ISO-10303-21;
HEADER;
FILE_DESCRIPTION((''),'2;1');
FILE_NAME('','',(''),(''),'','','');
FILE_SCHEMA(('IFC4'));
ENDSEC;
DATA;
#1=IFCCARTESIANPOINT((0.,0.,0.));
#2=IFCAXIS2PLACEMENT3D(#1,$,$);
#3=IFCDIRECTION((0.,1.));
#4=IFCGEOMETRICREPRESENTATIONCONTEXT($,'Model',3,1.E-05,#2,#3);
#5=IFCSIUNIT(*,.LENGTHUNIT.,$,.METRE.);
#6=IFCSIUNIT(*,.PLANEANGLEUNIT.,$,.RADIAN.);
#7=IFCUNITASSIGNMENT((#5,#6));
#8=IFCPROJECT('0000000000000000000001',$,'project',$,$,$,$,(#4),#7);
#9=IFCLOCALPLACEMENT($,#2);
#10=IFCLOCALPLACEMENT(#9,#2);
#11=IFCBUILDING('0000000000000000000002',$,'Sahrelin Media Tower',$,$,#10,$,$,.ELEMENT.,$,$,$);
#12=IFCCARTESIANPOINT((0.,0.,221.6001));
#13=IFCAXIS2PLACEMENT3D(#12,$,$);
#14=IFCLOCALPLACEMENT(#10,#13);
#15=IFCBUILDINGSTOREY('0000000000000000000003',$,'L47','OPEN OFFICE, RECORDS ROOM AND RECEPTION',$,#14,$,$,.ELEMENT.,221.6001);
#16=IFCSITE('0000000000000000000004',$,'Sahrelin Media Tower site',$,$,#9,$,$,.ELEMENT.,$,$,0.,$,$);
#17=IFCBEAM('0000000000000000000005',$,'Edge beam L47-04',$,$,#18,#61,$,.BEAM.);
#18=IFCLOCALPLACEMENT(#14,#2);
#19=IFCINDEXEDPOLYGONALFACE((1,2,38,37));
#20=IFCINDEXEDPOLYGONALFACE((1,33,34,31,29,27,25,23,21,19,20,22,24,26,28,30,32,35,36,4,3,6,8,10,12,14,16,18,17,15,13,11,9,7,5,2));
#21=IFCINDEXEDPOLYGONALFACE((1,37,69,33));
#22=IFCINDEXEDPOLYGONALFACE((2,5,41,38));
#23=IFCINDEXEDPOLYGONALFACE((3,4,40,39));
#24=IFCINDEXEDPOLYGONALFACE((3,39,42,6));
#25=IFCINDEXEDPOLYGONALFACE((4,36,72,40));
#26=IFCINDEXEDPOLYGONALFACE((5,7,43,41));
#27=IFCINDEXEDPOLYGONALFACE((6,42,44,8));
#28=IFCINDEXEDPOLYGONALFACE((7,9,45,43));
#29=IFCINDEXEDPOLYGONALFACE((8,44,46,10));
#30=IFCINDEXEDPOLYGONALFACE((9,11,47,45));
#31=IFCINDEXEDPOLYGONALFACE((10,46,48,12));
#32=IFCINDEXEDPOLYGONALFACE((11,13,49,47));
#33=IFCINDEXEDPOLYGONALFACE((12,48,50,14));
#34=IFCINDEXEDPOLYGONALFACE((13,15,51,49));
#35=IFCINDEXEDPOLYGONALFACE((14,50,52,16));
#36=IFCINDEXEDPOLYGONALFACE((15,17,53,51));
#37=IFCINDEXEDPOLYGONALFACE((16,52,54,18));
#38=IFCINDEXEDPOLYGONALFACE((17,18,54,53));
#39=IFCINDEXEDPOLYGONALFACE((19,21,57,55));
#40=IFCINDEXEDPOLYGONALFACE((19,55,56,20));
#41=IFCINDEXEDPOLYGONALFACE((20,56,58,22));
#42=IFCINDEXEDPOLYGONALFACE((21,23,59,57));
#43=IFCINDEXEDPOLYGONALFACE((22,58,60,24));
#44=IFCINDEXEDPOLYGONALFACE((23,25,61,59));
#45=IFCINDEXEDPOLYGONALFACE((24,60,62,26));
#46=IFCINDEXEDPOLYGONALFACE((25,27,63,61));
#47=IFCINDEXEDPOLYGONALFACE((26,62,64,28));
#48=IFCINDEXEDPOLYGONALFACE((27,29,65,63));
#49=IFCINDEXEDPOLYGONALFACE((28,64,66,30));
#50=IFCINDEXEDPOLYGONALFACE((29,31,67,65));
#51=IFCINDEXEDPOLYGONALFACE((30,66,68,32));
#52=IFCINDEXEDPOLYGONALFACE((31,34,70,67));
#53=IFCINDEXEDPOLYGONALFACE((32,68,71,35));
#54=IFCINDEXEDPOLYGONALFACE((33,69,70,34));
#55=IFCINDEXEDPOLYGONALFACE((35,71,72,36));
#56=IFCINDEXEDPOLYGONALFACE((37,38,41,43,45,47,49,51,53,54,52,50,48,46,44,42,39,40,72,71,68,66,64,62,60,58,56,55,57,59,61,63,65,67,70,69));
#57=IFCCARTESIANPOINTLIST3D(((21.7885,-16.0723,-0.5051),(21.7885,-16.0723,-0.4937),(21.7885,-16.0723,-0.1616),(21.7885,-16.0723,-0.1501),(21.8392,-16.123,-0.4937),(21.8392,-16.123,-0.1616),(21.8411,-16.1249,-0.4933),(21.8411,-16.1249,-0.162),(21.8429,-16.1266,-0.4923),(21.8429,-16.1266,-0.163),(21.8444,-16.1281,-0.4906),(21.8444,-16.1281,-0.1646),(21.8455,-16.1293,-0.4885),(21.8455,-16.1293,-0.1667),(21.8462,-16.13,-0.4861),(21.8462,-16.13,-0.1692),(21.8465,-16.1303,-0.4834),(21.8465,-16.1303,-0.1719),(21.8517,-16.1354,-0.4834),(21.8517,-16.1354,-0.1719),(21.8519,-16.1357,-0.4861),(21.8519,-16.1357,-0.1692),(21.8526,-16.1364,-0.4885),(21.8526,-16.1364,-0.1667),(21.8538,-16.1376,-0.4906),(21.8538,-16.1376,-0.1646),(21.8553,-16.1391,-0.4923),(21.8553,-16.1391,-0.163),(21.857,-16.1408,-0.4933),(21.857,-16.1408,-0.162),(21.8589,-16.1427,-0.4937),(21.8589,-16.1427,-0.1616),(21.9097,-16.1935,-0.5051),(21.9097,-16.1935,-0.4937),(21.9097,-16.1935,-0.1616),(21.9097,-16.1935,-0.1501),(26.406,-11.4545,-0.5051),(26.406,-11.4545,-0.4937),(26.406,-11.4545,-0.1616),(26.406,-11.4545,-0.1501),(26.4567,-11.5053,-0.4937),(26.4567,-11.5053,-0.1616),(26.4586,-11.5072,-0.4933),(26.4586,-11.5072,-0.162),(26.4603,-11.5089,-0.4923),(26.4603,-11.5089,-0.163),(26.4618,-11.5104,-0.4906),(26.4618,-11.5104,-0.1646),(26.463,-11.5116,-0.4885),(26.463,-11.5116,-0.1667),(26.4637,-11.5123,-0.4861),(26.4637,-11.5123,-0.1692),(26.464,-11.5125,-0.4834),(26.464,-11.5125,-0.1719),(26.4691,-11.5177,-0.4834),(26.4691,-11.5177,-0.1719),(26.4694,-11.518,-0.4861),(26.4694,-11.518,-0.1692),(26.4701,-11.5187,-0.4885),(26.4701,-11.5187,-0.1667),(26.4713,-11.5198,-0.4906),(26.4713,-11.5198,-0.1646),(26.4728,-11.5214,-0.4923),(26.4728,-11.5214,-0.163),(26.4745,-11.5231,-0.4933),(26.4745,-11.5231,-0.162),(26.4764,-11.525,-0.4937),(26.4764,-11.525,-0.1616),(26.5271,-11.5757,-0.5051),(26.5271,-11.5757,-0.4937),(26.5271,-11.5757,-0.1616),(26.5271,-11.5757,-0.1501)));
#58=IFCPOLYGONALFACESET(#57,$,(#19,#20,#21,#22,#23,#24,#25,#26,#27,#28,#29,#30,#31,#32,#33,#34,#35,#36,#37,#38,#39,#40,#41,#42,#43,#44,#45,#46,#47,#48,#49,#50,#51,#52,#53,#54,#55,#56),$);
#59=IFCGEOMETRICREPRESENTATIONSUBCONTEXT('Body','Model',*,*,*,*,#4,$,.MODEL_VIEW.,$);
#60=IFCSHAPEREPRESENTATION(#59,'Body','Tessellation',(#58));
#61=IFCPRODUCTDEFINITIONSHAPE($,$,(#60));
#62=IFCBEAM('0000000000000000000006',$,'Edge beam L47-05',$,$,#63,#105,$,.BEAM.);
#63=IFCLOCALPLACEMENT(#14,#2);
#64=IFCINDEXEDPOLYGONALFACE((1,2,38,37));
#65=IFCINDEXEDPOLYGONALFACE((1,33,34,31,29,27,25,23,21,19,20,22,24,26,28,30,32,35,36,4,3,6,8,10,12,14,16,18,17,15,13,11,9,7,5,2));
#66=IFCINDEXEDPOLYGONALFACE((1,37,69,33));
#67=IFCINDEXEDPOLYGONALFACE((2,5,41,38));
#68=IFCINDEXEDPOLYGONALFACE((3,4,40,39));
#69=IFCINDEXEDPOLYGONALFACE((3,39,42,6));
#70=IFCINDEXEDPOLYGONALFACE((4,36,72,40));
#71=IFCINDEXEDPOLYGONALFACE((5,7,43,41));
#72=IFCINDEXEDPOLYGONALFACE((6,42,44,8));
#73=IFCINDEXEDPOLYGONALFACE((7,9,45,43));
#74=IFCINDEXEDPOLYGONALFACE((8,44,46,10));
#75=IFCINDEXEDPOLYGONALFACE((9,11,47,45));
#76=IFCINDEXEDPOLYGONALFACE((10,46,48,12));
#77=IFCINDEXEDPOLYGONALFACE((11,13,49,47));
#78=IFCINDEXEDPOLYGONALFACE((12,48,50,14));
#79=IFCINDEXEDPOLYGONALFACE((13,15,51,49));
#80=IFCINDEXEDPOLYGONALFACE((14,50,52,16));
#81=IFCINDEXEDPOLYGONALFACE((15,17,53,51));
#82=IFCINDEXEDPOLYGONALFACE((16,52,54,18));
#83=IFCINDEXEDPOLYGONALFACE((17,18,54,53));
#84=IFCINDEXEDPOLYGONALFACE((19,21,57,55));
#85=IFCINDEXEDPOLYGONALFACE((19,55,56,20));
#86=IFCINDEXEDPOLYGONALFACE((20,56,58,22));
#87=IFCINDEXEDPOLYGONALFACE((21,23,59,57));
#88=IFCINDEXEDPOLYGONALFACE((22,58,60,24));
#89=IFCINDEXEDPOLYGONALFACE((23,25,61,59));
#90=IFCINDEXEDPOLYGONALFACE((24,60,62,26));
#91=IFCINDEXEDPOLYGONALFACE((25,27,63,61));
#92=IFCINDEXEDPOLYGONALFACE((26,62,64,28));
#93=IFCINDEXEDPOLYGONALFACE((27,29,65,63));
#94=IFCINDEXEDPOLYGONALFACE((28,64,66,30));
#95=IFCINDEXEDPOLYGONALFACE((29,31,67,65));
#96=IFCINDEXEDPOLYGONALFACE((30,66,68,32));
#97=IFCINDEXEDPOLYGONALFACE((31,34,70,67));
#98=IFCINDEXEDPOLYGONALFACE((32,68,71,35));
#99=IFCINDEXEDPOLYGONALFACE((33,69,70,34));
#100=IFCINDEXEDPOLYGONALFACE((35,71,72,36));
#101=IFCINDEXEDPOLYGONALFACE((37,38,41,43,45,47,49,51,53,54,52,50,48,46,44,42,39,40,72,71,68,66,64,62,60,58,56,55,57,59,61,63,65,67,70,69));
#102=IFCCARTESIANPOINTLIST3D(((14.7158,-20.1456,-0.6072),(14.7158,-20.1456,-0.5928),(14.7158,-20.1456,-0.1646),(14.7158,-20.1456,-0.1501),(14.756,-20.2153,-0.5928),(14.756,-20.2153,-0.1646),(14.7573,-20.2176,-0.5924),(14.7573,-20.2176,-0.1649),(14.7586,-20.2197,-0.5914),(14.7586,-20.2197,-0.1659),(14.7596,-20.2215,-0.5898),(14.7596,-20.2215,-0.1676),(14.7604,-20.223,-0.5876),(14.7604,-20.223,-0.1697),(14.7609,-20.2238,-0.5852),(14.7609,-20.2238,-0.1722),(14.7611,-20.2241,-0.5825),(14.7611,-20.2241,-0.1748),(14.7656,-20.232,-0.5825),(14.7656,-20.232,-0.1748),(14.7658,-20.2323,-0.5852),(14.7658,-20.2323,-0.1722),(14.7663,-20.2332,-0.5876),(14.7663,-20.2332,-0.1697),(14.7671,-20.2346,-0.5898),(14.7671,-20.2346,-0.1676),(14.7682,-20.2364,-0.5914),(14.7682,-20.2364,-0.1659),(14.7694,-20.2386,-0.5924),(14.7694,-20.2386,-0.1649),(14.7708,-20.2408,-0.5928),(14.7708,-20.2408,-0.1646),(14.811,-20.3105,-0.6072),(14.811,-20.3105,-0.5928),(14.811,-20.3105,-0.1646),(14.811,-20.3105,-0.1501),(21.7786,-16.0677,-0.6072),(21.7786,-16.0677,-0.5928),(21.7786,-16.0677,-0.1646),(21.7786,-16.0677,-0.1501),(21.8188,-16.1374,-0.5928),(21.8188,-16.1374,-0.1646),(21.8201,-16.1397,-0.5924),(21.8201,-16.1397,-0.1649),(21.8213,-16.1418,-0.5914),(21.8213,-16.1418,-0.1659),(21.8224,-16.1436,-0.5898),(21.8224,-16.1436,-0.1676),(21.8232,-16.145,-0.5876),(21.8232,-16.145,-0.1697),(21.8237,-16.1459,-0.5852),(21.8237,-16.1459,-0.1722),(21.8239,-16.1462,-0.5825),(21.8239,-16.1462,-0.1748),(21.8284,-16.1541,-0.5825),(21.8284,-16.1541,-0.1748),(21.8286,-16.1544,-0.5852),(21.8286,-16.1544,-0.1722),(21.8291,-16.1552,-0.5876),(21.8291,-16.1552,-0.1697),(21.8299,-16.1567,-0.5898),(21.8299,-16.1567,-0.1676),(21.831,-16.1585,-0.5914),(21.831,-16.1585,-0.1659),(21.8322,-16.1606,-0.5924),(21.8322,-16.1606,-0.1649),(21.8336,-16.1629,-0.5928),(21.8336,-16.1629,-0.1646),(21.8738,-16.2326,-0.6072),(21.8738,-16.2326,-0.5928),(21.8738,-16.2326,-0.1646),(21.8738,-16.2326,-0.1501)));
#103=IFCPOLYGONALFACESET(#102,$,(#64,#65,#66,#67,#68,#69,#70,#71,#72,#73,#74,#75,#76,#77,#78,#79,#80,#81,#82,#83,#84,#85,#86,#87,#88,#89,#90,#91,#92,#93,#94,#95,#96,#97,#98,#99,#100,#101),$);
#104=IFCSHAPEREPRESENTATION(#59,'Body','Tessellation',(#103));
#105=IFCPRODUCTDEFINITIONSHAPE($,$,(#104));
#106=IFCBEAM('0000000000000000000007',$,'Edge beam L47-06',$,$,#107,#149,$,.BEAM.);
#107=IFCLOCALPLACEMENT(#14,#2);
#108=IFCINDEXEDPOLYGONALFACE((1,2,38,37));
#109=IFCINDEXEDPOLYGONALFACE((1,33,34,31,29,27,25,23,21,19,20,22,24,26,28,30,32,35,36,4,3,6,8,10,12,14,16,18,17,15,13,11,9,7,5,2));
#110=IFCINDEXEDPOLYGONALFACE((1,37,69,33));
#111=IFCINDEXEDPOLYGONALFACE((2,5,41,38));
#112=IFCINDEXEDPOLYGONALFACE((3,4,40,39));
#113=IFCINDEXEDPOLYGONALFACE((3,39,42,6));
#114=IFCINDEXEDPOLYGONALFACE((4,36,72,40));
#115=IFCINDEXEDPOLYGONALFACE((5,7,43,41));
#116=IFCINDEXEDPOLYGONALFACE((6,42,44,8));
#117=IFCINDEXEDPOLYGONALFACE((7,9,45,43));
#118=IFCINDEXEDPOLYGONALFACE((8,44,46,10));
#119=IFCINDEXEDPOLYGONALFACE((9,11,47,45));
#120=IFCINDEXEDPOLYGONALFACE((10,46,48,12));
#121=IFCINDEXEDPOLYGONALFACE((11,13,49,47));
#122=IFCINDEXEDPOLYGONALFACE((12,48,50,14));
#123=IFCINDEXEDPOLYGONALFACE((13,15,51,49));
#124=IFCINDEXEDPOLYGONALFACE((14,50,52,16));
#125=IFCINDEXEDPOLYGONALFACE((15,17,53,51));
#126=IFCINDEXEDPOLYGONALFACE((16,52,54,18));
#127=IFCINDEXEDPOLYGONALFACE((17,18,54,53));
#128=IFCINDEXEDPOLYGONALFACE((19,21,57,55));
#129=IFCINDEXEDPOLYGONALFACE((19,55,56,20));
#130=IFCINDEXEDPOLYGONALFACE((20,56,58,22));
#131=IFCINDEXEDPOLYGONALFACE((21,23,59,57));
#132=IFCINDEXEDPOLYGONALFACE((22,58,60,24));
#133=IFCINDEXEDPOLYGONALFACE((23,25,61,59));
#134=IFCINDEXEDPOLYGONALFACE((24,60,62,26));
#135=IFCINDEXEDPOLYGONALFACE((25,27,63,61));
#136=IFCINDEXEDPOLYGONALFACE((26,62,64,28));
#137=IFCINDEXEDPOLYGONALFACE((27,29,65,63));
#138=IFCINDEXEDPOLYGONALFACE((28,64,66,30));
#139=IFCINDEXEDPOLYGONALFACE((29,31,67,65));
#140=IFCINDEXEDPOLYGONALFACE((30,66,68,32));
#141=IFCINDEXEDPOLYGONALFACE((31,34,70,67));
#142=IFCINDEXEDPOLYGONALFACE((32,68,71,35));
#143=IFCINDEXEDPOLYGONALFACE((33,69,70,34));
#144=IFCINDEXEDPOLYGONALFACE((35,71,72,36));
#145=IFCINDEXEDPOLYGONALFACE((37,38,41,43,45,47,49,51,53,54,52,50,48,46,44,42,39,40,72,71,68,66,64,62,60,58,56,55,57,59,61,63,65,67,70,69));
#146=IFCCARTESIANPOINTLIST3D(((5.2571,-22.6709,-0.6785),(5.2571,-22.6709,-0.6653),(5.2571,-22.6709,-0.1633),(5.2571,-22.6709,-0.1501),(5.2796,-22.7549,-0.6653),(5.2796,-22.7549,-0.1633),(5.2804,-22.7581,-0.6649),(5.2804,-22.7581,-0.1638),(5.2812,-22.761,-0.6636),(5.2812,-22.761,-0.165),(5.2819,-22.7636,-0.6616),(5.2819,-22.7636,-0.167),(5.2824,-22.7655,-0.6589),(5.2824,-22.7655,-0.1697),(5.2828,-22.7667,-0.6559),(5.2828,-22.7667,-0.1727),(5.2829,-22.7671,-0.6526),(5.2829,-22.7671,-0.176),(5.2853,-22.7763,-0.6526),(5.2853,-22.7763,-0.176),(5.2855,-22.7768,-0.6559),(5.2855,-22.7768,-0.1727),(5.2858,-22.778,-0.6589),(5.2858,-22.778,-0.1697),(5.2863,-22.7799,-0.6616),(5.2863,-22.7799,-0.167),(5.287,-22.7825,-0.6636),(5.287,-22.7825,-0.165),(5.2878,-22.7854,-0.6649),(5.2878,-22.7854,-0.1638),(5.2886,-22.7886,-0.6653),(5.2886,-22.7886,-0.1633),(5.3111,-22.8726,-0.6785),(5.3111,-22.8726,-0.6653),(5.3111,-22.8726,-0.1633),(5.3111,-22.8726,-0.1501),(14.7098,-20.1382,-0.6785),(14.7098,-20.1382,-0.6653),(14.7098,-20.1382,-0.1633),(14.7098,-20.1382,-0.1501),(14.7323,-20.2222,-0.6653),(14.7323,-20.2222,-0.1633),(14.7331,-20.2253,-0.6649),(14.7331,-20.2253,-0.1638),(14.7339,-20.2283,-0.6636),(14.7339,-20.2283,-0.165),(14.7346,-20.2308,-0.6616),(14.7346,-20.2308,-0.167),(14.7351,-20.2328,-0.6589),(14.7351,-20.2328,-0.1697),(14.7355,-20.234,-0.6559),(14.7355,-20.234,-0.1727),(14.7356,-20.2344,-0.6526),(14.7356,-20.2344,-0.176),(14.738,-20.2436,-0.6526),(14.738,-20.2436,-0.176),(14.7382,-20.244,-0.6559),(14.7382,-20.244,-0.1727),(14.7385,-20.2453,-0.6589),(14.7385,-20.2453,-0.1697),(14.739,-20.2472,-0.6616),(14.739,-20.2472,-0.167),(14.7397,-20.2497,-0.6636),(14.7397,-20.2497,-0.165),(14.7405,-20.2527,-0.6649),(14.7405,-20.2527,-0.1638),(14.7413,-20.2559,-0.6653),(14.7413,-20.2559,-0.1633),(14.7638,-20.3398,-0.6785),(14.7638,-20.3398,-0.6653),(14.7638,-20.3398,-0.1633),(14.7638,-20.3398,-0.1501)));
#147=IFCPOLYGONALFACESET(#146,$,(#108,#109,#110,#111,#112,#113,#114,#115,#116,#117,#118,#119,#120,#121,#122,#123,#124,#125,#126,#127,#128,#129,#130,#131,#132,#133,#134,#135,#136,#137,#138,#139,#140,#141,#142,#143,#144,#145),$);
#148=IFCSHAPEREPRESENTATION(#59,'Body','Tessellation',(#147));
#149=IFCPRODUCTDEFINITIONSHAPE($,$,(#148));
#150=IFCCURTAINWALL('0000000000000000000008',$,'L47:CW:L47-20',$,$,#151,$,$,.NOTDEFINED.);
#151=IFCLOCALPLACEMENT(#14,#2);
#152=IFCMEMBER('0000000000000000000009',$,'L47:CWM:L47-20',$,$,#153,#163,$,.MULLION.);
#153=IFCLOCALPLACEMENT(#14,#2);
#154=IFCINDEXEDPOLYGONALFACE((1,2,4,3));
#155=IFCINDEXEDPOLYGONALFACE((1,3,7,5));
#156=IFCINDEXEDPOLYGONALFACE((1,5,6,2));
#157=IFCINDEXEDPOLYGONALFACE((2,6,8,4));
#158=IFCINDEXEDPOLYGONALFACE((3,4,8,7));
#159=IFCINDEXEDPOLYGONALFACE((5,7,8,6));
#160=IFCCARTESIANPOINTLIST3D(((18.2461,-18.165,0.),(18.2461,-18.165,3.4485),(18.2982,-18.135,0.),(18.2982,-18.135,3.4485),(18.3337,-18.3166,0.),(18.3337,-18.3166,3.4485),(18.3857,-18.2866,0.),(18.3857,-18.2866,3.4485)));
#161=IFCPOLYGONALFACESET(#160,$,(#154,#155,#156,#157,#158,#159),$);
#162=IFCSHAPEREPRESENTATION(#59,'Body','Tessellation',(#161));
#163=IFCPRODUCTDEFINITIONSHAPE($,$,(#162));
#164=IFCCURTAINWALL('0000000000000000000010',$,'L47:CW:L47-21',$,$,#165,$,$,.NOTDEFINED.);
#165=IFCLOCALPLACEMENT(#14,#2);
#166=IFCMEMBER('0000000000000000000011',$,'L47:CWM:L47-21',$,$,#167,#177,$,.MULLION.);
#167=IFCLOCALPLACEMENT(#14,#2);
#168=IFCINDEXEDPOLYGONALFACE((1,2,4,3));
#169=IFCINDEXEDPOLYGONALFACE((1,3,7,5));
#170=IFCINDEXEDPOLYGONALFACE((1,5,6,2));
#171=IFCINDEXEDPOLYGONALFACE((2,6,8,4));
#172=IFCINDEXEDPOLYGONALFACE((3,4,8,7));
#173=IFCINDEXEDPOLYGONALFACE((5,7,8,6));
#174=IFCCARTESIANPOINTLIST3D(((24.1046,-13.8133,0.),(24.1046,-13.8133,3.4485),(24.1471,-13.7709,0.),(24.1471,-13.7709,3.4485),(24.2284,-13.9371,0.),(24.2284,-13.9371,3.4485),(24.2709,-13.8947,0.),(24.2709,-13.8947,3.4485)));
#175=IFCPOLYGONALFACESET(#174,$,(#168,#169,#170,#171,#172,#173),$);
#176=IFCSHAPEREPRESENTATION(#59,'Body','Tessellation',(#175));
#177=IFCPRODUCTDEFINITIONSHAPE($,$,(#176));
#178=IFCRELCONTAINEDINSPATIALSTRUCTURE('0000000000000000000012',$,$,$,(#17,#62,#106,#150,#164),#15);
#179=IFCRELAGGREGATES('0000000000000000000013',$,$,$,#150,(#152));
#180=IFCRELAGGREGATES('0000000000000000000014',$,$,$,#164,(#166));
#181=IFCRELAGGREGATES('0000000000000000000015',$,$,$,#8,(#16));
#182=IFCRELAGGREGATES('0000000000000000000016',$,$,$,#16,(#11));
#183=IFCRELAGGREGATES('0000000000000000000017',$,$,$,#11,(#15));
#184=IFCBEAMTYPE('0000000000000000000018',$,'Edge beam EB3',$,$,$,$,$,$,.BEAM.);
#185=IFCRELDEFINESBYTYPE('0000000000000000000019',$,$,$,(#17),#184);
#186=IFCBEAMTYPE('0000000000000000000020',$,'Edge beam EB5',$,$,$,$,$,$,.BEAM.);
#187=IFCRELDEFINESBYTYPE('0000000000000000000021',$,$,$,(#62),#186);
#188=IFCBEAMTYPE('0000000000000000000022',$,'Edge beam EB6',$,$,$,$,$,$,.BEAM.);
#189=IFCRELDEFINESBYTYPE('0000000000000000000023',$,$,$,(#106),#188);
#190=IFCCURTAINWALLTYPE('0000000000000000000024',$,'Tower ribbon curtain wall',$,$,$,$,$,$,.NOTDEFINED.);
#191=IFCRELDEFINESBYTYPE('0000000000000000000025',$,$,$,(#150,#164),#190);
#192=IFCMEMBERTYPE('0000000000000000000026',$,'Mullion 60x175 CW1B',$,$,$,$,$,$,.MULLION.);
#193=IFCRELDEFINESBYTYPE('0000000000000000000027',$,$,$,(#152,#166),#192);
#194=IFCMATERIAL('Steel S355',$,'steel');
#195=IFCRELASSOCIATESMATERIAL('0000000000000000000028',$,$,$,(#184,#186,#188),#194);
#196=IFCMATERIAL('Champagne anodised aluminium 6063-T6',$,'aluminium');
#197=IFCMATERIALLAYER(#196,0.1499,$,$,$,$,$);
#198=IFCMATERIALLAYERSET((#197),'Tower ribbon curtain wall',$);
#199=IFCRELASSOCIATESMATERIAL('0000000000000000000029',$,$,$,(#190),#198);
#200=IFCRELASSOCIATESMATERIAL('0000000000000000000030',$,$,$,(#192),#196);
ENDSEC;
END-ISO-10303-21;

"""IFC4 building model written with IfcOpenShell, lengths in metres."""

from ifc_helpers import new_model, si_unit, direction, frame, origin, origin_2d, place, context, subcontext, project, spatial, rectangle, i_section, extrude, material, layer, layer_set, material_profile, profile_set, type_object, element, aggregate, save


model = new_model("IFC4")

# Units and contexts
model_context = context("Model", 3, precision=1e-05, world=origin(), true_north=direction((0.0, 1.0)))
body_context = subcontext(model_context, "Body", "Model", "MODEL_VIEW")
ifc_project = project(units=[si_unit("LENGTHUNIT", "METRE"), si_unit("PLANEANGLEUNIT", "RADIAN")], contexts=[model_context])

# Site, building, storey
site_placement = place(None, origin())
site = spatial("IfcSite", under=ifc_project, at=site_placement, Name="Sahrelin Media Tower site", CompositionType="ELEMENT", RefElevation=0.0)
building_placement = place(site_placement, origin())
building = spatial("IfcBuilding", under=site, at=building_placement, Name="Sahrelin Media Tower", CompositionType="ELEMENT")
storey_placement = place(building_placement, frame((0.0, 0.0, 221.6001)))
storey = spatial("IfcBuildingStorey", under=building, at=storey_placement, Name="L47", Description="OPEN OFFICE, RECORDS ROOM AND RECEPTION", CompositionType="ELEMENT", Elevation=221.6001)

# Beams
ifc_material_1 = material(Name="Steel S355", Category="steel")
ifc_material_profile_1 = material_profile(ifc_material_1, i_section(OverallWidth=0.1714, OverallDepth=0.355, WebThickness=0.0073, FlangeThickness=0.0115, FilletRadius=0.0103, at=origin_2d()), Name="UB 356x171x51")
ifc_profile_set_1 = profile_set([ifc_material_profile_1], Name="Steel S355")
beam_type_1 = type_object("IfcBeamType", Name="Edge beam EB3", PredefinedType="BEAM", material=ifc_profile_set_1)
beam_1_placement = place(storey_placement, frame((26.4666, -11.5151, -0.3276), z_axis=(-0.707088, -0.707125, 0.0), x_axis=(0.707125, -0.707088, 0.0)))
element("IfcBeam", 1, at=beam_1_placement, inside=storey, type_object=beam_type_1, Name="Edge beam L47-04", PredefinedType="BEAM", context=body_context, shape_type="SweptSolid", body=[
    extrude(i_section(OverallWidth=0.1714, OverallDepth=0.355, WebThickness=0.0073, FlangeThickness=0.0115, FilletRadius=0.0103, at=origin_2d()), origin(), (0.0, 0.0, 1.0), 6.5303),
])
ifc_material_profile_2 = material_profile(ifc_material_1, i_section(OverallWidth=0.1904, OverallDepth=0.457, WebThickness=0.009, FlangeThickness=0.0144, FilletRadius=0.0103, at=origin_2d()), Name="UB 457x191x74")
ifc_profile_set_2 = profile_set([ifc_material_profile_2], Name="Steel S355")
beam_type_2 = type_object("IfcBeamType", Name="Edge beam EB5", PredefinedType="BEAM", material=ifc_profile_set_2)
beam_2_placement = place(storey_placement, frame((21.8262, -16.1501, -0.3787), z_axis=(-0.866015, -0.500019, 0.0), x_axis=(0.500019, -0.866015, 0.0)))
element("IfcBeam", 2, at=beam_2_placement, inside=storey, type_object=beam_type_2, Name="Edge beam L47-05", PredefinedType="BEAM", context=body_context, shape_type="SweptSolid", body=[
    extrude(i_section(OverallWidth=0.1904, OverallDepth=0.457, WebThickness=0.009, FlangeThickness=0.0144, FilletRadius=0.0103, at=origin_2d()), origin(), (0.0, 0.0, 1.0), 8.1555),
])
ifc_material_profile_3 = material_profile(ifc_material_1, i_section(OverallWidth=0.2087, OverallDepth=0.5283, WebThickness=0.0095, FlangeThickness=0.0132, FilletRadius=0.0127, at=origin_2d()), Name="UB 533x210x82")
ifc_profile_set_3 = profile_set([ifc_material_profile_3], Name="Steel S355")
beam_type_3 = type_object("IfcBeamType", Name="Edge beam EB6", PredefinedType="BEAM", material=ifc_profile_set_3)
beam_3_placement = place(storey_placement, frame((14.7368, -20.239, -0.4143), z_axis=(-0.965929, -0.258808, 0.0), x_axis=(0.258808, -0.965929, 0.0)))
element("IfcBeam", 3, at=beam_3_placement, inside=storey, type_object=beam_type_3, Name="Edge beam L47-06", PredefinedType="BEAM", context=body_context, shape_type="SweptSolid", body=[
    extrude(i_section(OverallWidth=0.2087, OverallDepth=0.5283, WebThickness=0.0095, FlangeThickness=0.0132, FilletRadius=0.0127, at=origin_2d()), origin(), (0.0, 0.0, 1.0), 9.7861),
])

# Curtain walls, members
ifc_material_2 = material(Name="Champagne anodised aluminium 6063-T6", Category="aluminium")
ifc_layer_1 = layer(ifc_material_2, 0.1499)
ifc_layer_set_1 = layer_set([ifc_layer_1], Name="Tower ribbon curtain wall")
curtain_wall_type = type_object("IfcCurtainWallType", Name="Tower ribbon curtain wall", PredefinedType="NOTDEFINED", material=ifc_layer_set_1)
curtain_wall_1_placement = place(storey_placement, frame((18.3699, -18.3191, 0.0), z_axis=(0.0, 0.0, 1.0), x_axis=(1.0, 0.0, 0.0)))
curtain_wall_1 = element("IfcCurtainWall", 4, at=curtain_wall_1_placement, inside=storey, type_object=curtain_wall_type, Name="L47:CW:L47-20", PredefinedType="NOTDEFINED")
ifc_material_profile_4 = material_profile(ifc_material_2, rectangle(XDim=0.0601, YDim=0.175, at=origin_2d()), Name="Mullion 60x175")
ifc_profile_set_4 = profile_set([ifc_material_profile_4], Name="Champagne anodised aluminium 6063-T6")
member_type_1 = type_object("IfcMemberType", Name="Mullion 60x175 CW1B", PredefinedType="MULLION", material=ifc_profile_set_4)
member_1_placement = place(storey_placement, frame((18.3159, -18.2258, 0.0), z_axis=(0.0, 0.0, 1.0), x_axis=(0.866023, 0.500005, 0.0)))
member_1 = element("IfcMember", 5, at=member_1_placement, type_object=member_type_1, Name="L47:CWM:L47-20", PredefinedType="MULLION", context=body_context, shape_type="SweptSolid", body=[
    extrude(rectangle(XDim=0.0601, YDim=0.175, at=origin_2d()), origin(), (0.0, 0.0, 1.0), 3.4485),
])
curtain_wall_2_placement = place(storey_placement, frame((24.2639, -13.9299, 0.0), z_axis=(0.0, 0.0, 1.0), x_axis=(1.0, 0.0, 0.0)))
curtain_wall_2 = element("IfcCurtainWall", 6, at=curtain_wall_2_placement, inside=storey, type_object=curtain_wall_type, Name="L47:CW:L47-21", PredefinedType="NOTDEFINED")
member_2_placement = place(storey_placement, frame((24.1877, -13.854, 0.0), z_axis=(0.0, 0.0, 1.0), x_axis=(0.707114, 0.707099, 0.0)))
member_2 = element("IfcMember", 7, at=member_2_placement, type_object=member_type_1, Name="L47:CWM:L47-21", PredefinedType="MULLION", context=body_context, shape_type="SweptSolid", body=[
    extrude(rectangle(XDim=0.0601, YDim=0.175, at=origin_2d()), origin(), (0.0, 0.0, 1.0), 3.4485),
])

aggregate(curtain_wall_1, [member_1])
aggregate(curtain_wall_2, [member_2])

save(model, "model.ifc")
